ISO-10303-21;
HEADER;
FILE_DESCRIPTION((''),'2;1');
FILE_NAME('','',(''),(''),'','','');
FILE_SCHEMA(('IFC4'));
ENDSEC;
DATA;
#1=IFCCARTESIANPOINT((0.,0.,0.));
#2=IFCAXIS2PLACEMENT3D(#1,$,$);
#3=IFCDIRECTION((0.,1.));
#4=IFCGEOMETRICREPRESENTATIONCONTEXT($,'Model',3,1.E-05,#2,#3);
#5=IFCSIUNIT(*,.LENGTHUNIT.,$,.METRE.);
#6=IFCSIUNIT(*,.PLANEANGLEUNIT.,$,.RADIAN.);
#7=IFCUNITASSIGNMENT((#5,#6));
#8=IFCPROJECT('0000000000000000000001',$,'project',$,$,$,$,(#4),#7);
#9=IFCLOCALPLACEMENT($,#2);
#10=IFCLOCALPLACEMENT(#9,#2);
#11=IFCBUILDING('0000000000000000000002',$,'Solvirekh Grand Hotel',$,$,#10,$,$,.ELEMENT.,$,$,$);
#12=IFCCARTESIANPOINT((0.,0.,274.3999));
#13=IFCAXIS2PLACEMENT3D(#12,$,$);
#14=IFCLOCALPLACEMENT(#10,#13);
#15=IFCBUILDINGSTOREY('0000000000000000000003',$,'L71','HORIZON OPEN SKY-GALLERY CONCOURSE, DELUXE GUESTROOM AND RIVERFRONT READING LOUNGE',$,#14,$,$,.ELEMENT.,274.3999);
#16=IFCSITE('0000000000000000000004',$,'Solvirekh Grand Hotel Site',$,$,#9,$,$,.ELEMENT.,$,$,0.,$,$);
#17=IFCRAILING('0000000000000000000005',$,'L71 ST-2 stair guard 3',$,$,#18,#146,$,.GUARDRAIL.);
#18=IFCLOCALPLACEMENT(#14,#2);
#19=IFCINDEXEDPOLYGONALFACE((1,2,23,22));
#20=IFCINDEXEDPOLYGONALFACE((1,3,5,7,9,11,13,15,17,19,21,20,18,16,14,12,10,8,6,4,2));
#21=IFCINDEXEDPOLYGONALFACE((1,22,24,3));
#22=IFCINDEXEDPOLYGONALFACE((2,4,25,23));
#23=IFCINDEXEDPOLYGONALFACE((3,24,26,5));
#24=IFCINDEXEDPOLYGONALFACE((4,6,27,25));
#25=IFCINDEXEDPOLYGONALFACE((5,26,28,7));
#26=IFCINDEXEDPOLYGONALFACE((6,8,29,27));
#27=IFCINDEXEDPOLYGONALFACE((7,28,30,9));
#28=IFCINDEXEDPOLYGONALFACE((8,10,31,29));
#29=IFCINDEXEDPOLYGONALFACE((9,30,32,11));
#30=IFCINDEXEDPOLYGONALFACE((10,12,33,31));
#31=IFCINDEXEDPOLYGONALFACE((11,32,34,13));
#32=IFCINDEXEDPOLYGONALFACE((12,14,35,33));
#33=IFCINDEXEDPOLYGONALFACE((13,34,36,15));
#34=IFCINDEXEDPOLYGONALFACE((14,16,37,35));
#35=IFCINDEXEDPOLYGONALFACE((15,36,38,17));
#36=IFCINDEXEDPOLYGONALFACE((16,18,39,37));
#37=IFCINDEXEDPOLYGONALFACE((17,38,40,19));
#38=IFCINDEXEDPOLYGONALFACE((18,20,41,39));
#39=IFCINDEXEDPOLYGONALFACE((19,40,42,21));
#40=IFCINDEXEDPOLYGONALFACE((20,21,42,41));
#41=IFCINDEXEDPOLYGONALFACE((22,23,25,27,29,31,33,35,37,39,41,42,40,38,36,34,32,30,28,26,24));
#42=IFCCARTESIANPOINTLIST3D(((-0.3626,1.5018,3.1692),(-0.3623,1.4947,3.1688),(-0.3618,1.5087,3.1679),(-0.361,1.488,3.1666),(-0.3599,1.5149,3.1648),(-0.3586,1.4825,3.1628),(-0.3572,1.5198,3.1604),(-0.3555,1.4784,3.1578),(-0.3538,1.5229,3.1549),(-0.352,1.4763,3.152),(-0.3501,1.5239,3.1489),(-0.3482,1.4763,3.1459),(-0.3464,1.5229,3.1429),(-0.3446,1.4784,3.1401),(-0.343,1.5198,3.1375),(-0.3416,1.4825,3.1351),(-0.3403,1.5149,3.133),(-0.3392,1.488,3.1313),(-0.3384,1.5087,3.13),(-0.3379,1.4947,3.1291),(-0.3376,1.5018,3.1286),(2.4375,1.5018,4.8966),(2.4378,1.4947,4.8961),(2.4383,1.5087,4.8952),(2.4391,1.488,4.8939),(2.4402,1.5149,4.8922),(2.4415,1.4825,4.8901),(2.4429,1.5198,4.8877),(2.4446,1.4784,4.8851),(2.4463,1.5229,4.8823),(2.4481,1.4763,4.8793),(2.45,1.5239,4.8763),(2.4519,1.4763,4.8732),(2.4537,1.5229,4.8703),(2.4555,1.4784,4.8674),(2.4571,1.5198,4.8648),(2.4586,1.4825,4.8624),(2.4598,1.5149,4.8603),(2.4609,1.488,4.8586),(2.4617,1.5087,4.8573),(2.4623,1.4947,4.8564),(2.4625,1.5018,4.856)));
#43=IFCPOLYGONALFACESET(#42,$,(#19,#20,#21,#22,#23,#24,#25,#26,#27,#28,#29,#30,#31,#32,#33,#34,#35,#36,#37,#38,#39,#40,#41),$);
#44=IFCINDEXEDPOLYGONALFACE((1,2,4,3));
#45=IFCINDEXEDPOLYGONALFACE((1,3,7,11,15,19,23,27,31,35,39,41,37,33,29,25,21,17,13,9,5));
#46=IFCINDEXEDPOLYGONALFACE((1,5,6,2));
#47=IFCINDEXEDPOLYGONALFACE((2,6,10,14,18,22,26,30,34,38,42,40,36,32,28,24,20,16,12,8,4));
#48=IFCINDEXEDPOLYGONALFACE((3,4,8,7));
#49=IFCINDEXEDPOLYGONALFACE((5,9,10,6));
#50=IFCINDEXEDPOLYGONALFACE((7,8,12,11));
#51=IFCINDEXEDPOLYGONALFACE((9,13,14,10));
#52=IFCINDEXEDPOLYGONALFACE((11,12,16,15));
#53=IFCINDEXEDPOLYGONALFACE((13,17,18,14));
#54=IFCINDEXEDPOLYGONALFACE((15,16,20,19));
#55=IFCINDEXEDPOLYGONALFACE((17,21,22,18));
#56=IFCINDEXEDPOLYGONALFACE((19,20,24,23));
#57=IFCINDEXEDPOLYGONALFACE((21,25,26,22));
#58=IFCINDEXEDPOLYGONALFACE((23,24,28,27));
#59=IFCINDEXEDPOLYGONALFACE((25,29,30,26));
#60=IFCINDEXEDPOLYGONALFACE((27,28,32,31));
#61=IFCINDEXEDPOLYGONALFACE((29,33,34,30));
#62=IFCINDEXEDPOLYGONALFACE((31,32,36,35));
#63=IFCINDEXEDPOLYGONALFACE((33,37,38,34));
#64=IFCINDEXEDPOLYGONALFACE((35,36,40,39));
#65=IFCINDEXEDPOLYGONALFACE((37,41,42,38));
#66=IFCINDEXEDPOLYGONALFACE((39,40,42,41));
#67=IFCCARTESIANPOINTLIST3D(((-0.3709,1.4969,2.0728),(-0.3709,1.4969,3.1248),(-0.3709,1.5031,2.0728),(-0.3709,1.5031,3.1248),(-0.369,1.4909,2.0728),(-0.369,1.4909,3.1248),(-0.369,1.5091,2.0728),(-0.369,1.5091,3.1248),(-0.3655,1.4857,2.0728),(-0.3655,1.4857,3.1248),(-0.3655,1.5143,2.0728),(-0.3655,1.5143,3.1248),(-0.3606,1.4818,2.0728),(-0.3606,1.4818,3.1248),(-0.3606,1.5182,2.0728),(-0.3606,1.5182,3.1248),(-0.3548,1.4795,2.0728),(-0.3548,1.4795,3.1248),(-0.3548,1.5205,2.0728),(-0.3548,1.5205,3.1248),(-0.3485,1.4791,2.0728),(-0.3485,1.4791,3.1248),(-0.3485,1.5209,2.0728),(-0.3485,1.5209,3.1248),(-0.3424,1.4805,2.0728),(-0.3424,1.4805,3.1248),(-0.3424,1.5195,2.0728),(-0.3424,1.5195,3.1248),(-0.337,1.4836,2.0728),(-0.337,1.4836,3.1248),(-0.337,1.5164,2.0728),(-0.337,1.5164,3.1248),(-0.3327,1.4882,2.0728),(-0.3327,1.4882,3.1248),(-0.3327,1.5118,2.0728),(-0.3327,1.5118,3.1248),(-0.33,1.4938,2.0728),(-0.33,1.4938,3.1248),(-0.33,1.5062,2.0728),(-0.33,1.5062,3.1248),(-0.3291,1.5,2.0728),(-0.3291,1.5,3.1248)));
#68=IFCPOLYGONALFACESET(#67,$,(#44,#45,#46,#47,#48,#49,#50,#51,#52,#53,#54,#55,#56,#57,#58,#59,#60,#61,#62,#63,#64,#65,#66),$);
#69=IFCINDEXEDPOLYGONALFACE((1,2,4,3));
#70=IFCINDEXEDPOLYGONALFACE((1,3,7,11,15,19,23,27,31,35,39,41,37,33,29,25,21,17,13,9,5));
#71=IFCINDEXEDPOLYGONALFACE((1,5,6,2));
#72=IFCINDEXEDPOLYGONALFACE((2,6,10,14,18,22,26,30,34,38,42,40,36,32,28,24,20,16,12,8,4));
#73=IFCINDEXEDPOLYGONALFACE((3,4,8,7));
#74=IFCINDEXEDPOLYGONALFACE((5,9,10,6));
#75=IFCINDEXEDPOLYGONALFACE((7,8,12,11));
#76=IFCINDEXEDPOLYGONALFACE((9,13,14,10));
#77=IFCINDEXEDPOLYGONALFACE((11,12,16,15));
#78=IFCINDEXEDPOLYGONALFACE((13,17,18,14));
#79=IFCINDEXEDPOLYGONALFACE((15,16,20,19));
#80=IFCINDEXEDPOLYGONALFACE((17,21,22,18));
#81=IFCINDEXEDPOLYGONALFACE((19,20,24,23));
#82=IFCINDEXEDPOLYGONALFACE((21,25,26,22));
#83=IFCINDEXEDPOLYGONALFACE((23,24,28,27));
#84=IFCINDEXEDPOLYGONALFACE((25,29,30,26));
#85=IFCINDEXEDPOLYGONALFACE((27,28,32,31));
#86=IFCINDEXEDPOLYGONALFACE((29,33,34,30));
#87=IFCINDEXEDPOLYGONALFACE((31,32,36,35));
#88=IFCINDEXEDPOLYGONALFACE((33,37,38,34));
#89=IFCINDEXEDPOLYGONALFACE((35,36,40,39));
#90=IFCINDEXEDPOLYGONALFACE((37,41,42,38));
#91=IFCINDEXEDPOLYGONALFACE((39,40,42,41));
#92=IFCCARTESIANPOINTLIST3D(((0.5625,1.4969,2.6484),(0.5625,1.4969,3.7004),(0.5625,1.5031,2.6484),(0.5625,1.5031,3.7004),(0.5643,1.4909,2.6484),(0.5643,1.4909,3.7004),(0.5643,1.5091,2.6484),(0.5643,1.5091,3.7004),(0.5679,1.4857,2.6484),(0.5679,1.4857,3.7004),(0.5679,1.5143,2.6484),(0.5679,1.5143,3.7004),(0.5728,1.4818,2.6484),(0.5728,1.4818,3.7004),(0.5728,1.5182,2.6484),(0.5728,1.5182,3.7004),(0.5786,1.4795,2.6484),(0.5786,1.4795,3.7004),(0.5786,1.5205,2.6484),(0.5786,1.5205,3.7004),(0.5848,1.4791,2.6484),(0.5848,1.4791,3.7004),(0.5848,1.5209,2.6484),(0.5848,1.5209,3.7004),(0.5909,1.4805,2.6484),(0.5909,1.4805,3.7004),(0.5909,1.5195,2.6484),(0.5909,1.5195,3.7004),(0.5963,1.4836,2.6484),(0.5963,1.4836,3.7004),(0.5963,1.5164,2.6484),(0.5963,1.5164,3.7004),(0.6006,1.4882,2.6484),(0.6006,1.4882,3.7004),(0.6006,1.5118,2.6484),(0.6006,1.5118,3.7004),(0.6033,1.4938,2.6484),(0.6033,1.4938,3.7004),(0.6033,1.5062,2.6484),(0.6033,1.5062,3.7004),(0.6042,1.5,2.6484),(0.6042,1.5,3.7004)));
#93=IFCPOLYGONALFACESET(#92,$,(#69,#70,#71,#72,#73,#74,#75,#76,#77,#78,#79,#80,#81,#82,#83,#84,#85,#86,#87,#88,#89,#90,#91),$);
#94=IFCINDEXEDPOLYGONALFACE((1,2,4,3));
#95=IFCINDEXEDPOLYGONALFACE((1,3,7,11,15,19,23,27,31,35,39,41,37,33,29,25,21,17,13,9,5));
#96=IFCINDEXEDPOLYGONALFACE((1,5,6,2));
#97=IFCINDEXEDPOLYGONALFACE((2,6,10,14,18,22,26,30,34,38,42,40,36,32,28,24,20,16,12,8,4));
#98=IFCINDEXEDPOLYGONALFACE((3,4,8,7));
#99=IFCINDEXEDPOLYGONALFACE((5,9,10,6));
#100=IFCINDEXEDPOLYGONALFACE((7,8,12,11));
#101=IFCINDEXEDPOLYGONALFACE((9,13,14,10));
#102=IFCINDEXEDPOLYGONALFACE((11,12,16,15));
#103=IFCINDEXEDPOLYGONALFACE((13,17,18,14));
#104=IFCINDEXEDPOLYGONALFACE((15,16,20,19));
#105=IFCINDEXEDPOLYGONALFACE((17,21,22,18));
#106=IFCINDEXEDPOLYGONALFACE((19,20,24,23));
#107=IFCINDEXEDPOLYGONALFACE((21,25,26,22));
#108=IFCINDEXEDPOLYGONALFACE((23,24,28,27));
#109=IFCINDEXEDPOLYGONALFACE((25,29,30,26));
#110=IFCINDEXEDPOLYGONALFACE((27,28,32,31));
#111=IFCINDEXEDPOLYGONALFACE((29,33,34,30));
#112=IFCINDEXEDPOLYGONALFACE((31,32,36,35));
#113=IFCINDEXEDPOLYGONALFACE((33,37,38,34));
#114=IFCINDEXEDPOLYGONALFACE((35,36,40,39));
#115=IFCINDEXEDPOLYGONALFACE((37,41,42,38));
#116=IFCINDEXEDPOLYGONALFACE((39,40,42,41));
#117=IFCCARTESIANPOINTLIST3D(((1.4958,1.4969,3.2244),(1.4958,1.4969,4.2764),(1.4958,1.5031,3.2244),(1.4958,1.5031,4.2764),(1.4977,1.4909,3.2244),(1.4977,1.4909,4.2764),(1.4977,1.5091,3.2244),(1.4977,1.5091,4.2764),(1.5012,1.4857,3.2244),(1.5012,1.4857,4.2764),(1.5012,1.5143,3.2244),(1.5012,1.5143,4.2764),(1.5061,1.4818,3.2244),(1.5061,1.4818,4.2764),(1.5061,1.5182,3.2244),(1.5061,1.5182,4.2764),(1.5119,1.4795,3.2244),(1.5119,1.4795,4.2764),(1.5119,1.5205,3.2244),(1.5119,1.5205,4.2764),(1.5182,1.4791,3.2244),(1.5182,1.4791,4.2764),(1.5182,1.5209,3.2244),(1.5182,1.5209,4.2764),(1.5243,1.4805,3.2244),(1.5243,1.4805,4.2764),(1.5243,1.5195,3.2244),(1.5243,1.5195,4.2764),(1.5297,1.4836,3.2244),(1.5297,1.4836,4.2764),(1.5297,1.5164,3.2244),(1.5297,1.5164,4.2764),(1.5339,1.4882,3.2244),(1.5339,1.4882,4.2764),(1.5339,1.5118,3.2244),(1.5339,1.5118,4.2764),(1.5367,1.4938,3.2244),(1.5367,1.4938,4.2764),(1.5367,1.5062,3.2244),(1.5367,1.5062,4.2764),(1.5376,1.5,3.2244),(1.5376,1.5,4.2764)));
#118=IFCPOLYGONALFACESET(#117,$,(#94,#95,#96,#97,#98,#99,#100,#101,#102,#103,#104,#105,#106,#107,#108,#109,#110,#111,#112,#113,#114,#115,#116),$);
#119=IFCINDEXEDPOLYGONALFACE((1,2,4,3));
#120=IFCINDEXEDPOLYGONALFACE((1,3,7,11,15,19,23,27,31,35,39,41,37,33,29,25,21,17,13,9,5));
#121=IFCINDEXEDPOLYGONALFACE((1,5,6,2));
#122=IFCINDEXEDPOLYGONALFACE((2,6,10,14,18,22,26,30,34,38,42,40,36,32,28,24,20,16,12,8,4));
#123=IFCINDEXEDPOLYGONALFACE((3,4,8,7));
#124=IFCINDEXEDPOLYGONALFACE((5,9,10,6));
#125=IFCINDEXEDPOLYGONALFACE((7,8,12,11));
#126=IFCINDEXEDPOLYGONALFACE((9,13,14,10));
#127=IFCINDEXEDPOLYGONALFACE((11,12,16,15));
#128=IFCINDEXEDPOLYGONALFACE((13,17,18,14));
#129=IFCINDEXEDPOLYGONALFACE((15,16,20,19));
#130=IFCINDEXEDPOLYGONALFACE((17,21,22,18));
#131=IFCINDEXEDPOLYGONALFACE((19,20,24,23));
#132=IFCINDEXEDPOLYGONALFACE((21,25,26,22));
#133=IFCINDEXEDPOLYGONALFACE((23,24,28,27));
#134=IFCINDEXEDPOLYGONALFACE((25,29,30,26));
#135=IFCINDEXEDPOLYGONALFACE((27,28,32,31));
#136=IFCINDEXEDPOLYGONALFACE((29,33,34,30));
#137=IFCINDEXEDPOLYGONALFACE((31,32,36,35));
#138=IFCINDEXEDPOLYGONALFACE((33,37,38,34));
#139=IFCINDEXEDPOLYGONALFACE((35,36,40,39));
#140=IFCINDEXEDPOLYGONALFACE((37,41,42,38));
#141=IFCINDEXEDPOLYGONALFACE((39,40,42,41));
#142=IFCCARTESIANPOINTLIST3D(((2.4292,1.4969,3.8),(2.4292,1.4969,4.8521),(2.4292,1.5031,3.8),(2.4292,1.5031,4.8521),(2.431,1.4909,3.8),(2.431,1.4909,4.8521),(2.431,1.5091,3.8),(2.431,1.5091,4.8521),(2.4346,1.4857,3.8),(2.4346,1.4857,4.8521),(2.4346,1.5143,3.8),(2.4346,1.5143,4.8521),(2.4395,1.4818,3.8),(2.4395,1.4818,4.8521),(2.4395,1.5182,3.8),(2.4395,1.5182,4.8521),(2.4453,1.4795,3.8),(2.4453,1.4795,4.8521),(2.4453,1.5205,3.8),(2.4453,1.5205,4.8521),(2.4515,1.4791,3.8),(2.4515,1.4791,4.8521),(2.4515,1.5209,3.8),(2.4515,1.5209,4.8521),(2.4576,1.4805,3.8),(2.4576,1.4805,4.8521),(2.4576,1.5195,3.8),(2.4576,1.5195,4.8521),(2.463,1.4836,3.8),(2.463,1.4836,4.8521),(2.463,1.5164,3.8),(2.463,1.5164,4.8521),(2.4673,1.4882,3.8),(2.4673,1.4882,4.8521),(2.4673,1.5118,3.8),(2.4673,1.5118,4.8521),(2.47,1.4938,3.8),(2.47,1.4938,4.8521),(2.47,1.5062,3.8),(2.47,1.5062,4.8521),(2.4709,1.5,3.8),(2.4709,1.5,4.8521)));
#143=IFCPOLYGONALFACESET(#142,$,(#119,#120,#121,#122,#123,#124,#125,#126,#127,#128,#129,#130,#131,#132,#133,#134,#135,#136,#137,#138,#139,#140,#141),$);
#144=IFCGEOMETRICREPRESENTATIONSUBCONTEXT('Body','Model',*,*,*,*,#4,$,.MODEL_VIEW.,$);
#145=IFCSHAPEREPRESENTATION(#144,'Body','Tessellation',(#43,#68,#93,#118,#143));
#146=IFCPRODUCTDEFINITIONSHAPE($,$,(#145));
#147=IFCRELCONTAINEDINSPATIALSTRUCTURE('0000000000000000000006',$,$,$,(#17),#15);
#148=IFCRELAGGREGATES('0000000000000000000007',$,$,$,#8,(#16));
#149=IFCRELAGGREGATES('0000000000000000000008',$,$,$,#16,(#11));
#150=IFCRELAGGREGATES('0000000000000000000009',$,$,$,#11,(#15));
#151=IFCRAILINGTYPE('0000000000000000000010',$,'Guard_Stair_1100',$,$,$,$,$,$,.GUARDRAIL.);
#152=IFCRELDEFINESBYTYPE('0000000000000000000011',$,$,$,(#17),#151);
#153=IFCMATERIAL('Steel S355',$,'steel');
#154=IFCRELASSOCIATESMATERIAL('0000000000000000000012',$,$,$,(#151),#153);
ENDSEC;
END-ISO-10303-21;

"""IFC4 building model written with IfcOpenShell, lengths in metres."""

from ifc_helpers import new_model, si_unit, direction, frame, origin, origin_2d, place, context, subcontext, project, spatial, circle, extrude, material, type_object, element, save


model = new_model("IFC4")

# Units and contexts
model_context = context("Model", 3, precision=1e-05, world=origin(), true_north=direction((0.0, 1.0)))
body_context = subcontext(model_context, "Body", "Model", "MODEL_VIEW")
ifc_project = project(units=[si_unit("LENGTHUNIT", "METRE"), si_unit("PLANEANGLEUNIT", "RADIAN")], contexts=[model_context])

# Site, building, storey
site_placement = place(None, origin())
site = spatial("IfcSite", under=ifc_project, at=site_placement, Name="Solvirekh Grand Hotel Site", CompositionType="ELEMENT", RefElevation=0.0)
building_placement = place(site_placement, origin())
building = spatial("IfcBuilding", under=site, at=building_placement, Name="Solvirekh Grand Hotel", CompositionType="ELEMENT")
storey_placement = place(building_placement, frame((0.0, 0.0, 274.3999)))
storey = spatial("IfcBuildingStorey", under=building, at=storey_placement, Name="L71", Description="HORIZON OPEN SKY-GALLERY CONCOURSE, DELUXE GUESTROOM AND RIVERFRONT READING LOUNGE", CompositionType="ELEMENT", Elevation=274.3999)

# Shared definitions
ifc_material_1 = material(Name="Steel S355", Category="steel")

# Railing
railing_type_1 = type_object("IfcRailingType", Name="Guard_Stair_1100", PredefinedType="GUARDRAIL", material=ifc_material_1)
railing_1_placement = place(storey_placement, frame((-0.3501, 1.5, 2.0728)))
element("IfcRailing", 1, at=railing_1_placement, inside=storey, type_object=railing_type_1, Name="L71 ST-2 stair guard 3", PredefinedType="GUARDRAIL", context=body_context, shape_type="SweptSolid", body=[
    extrude(circle(Radius=0.0239, at=origin_2d()), frame((0.0, 0.0, 1.0762), z_axis=(0.85109, 0.0, 0.52502), x_axis=(0.0, 1.0, 0.0)), (0.0, 0.0, 1.0), 3.29),
    extrude(circle(Radius=0.021, at=origin_2d()), origin(), (0.0, 0.0, 1.0), 1.052),
    extrude(circle(Radius=0.021, at=origin_2d()), frame((0.9333, 0.0, 0.5757)), (0.0, 0.0, 1.0), 1.052),
    extrude(circle(Radius=0.021, at=origin_2d()), frame((1.8667, 0.0, 1.1516)), (0.0, 0.0, 1.0), 1.052),
    extrude(circle(Radius=0.021, at=origin_2d()), frame((2.8, 0.0, 1.7273)), (0.0, 0.0, 1.0), 1.052),
])

save(model, "model.ifc")
